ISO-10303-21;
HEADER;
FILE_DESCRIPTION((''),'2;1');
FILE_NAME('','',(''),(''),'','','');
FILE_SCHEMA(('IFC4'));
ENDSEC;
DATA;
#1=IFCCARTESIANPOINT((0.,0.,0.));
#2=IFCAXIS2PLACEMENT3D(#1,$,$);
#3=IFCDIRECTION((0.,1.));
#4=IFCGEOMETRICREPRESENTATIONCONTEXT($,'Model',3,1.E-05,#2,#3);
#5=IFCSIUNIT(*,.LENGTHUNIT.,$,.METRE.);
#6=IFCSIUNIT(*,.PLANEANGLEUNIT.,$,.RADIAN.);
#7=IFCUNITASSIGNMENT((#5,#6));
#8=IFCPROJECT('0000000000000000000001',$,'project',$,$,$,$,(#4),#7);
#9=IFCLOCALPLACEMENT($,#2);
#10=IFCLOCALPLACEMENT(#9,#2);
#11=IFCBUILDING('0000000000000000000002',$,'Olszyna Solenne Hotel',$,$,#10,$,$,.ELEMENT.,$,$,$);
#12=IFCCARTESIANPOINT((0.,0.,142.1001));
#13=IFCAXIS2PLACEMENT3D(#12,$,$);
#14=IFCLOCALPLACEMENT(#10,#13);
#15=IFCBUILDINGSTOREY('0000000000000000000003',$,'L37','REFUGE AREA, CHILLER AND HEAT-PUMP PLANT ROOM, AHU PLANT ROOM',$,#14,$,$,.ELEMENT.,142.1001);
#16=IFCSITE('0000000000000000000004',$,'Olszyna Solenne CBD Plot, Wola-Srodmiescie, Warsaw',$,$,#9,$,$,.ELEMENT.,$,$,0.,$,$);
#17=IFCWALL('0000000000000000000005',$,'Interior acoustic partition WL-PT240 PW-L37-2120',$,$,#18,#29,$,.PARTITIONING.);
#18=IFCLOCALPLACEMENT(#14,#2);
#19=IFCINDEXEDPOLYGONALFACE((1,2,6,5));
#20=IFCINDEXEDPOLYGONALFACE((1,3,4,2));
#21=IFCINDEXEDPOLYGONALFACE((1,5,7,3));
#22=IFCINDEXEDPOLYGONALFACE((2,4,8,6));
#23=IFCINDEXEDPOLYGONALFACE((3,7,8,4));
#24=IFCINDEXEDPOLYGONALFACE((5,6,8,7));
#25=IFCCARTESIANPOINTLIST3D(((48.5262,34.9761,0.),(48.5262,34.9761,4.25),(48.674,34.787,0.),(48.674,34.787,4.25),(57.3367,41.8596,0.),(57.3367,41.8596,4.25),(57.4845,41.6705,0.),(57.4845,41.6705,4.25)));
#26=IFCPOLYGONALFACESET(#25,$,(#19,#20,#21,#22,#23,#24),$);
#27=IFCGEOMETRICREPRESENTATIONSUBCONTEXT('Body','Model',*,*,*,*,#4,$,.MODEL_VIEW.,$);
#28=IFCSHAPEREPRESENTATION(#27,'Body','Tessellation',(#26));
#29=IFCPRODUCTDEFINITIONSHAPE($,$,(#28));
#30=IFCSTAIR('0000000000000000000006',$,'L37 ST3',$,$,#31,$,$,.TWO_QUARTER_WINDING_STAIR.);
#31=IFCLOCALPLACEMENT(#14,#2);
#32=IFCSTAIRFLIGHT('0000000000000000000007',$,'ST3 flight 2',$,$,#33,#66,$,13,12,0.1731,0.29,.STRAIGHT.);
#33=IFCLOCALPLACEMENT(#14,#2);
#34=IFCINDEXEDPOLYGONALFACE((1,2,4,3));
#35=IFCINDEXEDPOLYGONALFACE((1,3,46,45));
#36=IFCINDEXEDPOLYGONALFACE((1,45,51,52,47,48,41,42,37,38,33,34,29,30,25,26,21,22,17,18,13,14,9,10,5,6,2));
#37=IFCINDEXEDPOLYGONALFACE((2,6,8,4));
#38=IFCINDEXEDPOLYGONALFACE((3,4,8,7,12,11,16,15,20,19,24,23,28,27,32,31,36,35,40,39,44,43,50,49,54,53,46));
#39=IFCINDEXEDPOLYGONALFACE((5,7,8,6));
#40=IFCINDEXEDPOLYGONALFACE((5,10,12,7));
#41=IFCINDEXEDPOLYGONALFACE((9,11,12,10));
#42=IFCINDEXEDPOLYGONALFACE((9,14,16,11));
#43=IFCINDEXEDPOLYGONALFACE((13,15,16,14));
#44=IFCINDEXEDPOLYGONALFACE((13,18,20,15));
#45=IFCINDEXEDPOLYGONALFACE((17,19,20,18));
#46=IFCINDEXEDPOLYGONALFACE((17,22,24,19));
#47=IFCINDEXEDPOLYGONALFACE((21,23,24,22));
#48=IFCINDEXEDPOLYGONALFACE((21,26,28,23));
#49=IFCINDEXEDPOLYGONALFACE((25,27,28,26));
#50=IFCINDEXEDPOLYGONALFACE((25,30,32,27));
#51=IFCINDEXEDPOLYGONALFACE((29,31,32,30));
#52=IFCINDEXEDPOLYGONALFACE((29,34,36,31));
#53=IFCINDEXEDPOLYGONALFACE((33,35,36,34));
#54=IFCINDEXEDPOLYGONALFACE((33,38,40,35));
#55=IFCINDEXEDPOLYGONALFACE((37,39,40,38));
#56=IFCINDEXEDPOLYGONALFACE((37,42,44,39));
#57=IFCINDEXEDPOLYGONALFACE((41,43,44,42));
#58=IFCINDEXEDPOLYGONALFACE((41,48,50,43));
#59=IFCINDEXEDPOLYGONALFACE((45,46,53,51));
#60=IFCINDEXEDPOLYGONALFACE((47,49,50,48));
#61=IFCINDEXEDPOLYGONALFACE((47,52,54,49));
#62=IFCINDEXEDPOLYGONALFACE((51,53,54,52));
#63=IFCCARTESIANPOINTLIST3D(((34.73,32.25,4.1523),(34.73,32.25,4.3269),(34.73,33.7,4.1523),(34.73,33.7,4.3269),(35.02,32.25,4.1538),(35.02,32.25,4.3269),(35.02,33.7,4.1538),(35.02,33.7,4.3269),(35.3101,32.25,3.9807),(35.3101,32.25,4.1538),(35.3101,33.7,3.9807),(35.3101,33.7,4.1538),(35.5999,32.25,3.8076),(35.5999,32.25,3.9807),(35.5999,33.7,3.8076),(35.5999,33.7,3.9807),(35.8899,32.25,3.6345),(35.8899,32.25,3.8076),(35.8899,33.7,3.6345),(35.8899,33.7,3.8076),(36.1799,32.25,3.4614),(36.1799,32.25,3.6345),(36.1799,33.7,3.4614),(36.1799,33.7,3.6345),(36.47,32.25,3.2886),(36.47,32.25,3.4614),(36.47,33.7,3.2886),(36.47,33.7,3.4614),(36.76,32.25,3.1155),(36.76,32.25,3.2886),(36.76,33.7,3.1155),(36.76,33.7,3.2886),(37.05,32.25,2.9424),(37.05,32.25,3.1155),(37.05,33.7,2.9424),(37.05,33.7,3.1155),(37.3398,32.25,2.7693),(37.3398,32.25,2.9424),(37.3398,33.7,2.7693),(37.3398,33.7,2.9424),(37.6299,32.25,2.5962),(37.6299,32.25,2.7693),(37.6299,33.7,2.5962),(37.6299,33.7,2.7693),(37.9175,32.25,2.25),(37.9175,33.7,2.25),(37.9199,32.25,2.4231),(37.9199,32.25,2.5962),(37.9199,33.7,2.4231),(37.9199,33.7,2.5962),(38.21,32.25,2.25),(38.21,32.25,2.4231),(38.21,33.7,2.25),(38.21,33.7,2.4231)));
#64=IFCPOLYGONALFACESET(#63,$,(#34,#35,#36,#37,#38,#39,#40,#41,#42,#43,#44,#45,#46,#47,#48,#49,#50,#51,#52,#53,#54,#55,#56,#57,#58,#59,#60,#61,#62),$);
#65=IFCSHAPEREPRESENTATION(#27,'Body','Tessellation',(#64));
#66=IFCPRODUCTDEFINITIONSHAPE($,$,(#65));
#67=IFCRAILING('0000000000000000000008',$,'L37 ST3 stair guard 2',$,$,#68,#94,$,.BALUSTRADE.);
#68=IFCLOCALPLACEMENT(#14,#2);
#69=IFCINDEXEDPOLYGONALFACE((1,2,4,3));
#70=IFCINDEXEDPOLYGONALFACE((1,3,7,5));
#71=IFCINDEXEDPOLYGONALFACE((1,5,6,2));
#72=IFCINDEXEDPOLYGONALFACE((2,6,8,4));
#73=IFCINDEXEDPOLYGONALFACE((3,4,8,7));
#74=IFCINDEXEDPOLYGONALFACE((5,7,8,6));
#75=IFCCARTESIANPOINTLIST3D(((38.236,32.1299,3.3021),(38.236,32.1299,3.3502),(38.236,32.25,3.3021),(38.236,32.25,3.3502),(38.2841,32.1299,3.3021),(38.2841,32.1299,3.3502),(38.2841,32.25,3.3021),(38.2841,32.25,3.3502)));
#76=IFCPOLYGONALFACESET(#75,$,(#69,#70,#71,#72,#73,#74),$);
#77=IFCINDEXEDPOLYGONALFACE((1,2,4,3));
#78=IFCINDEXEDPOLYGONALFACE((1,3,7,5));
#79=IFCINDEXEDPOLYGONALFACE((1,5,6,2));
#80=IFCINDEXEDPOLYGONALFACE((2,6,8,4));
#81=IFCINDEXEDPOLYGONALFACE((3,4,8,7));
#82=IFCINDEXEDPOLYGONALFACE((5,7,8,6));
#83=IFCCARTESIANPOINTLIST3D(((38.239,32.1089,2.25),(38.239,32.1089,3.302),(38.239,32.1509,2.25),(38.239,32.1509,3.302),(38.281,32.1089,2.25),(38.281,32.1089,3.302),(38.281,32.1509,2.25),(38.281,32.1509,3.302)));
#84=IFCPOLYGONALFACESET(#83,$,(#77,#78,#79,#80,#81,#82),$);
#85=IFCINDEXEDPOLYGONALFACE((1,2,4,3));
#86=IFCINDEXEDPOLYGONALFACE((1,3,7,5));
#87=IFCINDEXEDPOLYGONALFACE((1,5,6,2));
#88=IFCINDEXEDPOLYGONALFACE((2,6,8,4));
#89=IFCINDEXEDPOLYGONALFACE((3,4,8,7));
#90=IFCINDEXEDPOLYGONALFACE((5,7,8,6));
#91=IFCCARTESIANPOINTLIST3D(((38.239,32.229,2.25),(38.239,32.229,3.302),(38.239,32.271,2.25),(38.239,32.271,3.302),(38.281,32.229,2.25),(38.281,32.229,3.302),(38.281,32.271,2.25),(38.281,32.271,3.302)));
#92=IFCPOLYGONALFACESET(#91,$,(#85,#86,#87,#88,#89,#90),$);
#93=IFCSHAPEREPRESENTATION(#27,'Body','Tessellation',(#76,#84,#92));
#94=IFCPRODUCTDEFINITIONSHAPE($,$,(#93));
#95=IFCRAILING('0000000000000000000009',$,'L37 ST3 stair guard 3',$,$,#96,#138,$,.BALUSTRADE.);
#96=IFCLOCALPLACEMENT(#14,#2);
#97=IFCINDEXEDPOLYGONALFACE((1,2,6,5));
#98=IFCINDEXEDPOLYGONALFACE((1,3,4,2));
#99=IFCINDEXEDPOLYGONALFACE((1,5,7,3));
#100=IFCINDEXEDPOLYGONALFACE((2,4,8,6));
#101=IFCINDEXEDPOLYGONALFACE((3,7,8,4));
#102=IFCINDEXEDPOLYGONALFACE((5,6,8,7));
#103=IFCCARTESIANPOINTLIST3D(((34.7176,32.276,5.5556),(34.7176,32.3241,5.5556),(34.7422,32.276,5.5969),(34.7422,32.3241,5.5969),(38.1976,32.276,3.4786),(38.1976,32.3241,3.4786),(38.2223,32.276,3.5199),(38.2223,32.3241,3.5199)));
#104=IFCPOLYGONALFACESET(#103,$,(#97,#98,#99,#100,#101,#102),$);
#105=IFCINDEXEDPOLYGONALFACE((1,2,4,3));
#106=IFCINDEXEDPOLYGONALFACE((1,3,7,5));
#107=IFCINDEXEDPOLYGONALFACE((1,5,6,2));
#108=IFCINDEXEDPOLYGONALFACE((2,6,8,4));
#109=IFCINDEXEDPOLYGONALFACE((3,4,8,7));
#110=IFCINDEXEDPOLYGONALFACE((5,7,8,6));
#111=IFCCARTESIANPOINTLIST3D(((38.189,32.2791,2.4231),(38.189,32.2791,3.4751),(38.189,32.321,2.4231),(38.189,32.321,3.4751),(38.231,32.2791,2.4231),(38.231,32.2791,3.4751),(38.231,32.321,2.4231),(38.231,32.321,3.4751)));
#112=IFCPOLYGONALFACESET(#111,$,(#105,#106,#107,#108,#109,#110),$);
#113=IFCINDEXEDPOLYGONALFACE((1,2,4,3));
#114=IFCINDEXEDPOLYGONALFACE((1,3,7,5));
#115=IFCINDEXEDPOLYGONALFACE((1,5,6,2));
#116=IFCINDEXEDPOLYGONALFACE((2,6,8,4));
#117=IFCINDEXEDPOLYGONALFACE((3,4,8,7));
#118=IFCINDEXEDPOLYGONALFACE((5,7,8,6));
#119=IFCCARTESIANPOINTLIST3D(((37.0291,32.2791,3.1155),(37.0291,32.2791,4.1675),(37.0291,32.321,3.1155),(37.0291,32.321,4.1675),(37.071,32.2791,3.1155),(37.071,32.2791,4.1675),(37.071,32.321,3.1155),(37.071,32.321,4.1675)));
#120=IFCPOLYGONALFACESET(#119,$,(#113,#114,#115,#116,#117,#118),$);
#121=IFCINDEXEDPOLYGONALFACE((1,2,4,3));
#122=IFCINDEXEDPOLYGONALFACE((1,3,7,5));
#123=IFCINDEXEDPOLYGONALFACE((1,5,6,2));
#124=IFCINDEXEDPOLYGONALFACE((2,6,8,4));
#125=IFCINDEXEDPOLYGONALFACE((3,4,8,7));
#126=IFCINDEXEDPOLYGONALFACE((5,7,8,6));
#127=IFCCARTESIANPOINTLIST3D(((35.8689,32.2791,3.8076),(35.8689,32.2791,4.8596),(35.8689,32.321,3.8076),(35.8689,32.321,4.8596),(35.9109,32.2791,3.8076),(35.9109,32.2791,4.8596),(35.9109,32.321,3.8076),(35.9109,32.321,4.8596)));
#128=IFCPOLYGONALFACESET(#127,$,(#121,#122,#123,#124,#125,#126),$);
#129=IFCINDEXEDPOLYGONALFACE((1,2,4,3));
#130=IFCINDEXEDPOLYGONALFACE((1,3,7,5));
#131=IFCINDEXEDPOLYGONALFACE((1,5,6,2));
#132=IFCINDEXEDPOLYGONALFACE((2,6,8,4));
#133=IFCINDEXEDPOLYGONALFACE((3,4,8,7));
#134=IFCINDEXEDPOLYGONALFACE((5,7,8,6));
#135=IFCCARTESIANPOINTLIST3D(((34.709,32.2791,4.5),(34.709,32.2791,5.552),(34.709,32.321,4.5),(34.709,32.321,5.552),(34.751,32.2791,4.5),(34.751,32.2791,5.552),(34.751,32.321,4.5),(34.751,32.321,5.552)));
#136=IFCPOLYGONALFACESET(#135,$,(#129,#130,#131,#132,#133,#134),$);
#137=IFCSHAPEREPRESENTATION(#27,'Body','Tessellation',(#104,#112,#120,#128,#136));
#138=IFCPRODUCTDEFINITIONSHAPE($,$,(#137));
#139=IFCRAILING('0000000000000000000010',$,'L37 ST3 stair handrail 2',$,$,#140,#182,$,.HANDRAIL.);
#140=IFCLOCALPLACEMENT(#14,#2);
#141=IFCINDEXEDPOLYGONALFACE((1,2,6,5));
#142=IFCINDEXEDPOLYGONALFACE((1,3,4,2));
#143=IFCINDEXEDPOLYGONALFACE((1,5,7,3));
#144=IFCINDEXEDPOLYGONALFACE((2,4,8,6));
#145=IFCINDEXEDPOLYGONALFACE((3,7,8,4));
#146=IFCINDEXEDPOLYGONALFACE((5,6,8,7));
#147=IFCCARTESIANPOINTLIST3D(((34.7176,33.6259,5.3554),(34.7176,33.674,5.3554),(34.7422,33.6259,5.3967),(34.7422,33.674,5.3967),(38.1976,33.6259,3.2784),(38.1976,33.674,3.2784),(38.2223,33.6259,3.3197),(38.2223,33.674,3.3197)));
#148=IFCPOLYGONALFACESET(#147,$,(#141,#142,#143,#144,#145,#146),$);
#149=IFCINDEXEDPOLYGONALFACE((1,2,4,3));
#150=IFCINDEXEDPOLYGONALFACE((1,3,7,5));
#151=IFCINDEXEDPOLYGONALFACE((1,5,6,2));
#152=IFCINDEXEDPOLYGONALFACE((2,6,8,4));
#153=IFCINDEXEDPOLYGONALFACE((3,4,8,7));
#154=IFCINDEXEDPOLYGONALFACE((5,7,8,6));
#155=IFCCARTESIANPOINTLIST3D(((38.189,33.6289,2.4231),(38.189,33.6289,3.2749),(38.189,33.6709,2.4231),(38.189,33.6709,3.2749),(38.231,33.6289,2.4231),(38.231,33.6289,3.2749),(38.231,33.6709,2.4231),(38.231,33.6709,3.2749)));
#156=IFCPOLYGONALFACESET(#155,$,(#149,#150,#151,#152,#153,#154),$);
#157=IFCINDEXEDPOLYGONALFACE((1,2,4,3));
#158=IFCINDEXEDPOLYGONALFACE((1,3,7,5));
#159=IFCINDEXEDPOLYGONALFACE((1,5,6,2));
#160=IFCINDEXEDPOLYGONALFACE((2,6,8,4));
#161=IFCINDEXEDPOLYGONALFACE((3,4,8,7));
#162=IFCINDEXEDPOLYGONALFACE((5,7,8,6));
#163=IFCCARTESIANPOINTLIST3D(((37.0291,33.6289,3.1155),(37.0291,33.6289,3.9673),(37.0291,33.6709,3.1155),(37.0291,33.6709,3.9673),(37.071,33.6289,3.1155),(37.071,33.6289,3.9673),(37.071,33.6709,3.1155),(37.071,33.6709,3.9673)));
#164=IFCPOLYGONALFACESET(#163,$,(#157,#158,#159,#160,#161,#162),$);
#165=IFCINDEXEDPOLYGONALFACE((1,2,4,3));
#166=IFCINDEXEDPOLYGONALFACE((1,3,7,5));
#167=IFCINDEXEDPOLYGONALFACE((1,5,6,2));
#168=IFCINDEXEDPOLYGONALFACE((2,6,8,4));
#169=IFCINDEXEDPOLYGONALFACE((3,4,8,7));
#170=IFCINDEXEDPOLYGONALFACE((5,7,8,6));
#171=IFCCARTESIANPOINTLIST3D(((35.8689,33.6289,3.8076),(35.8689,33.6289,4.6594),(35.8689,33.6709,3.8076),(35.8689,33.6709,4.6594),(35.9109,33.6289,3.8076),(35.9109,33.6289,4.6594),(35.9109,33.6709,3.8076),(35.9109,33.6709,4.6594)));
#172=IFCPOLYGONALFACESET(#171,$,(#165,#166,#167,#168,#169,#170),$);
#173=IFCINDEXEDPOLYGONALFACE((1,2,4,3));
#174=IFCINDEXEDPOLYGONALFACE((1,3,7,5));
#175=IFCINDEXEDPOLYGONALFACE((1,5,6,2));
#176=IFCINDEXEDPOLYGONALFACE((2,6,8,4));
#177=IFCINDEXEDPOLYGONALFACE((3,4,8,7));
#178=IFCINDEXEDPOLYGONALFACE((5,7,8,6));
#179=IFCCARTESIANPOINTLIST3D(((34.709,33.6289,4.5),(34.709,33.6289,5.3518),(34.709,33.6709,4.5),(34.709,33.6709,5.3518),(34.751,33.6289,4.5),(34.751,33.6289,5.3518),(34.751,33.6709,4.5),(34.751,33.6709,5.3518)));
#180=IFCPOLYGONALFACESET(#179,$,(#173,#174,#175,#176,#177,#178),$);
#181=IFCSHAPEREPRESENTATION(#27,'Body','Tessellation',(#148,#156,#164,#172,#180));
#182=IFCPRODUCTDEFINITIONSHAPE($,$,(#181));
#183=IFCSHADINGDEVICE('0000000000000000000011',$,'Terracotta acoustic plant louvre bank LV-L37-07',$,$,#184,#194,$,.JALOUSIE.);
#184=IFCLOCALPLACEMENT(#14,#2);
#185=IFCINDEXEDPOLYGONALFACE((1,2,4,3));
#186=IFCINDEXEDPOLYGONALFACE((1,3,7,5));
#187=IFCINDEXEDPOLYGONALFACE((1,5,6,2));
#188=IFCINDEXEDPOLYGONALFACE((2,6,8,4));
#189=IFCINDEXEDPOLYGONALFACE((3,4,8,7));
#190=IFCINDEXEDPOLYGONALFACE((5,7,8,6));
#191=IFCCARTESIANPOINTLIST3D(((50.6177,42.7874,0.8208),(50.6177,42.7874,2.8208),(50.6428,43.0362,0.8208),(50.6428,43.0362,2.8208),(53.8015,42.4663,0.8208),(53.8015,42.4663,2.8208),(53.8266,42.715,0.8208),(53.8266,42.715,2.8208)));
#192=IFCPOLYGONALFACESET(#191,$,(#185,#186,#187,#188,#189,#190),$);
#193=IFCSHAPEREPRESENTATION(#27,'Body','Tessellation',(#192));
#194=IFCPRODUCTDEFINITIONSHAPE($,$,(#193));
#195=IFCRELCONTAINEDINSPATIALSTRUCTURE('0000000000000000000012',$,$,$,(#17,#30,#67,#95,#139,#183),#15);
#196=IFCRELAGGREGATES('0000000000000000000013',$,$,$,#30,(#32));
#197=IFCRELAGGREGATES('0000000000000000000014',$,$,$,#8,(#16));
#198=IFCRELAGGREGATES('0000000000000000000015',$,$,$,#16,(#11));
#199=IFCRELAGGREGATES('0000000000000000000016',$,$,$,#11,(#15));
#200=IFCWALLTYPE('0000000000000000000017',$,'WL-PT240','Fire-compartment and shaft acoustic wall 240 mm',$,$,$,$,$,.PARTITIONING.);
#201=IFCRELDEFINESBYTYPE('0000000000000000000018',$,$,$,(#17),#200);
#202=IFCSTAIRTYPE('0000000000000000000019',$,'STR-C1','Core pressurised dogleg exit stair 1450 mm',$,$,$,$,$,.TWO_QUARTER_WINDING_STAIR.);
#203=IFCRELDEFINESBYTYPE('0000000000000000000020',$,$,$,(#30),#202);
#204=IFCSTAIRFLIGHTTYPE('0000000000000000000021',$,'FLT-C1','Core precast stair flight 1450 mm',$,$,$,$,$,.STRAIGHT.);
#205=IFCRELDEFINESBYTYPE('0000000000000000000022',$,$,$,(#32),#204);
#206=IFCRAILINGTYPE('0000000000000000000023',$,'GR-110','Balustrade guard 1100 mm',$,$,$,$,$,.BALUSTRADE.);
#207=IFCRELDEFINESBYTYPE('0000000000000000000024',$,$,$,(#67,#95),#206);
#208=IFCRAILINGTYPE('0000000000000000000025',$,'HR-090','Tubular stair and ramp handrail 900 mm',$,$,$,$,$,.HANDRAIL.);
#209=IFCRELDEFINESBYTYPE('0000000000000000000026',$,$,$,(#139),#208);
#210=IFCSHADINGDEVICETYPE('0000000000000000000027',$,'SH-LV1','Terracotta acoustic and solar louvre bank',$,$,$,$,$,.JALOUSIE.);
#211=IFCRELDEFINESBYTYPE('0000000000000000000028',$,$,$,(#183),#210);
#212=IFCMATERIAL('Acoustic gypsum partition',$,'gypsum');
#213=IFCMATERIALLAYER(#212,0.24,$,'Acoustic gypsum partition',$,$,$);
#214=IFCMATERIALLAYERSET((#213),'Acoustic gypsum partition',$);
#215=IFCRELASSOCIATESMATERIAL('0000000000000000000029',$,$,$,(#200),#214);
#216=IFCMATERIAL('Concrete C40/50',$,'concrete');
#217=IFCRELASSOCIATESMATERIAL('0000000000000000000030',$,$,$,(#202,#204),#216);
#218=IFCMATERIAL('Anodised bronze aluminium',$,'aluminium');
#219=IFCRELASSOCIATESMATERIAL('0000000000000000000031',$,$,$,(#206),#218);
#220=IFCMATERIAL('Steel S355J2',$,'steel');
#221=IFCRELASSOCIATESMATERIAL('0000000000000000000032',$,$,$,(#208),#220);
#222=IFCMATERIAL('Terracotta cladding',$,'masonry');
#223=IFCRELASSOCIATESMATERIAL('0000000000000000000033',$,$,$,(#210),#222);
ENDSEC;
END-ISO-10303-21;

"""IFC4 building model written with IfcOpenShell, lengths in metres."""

from ifc_helpers import new_model, si_unit, direction, frame, frame_2d, origin, origin_2d, place, context, subcontext, project, spatial, polyline, rectangle, outline, extrude, source, transform, mapped, material, layer, layer_set, type_object, element, aggregate, save


model = new_model("IFC4")

# Units and contexts
model_context = context("Model", 3, precision=1e-05, world=origin(), true_north=direction((0.0, 1.0)))
body_context = subcontext(model_context, "Body", "Model", "MODEL_VIEW")
ifc_project = project(units=[si_unit("LENGTHUNIT", "METRE"), si_unit("PLANEANGLEUNIT", "RADIAN")], contexts=[model_context])

# Site, building, storey
site_placement = place(None, origin())
site = spatial("IfcSite", under=ifc_project, at=site_placement, Name="Olszyna Solenne CBD Plot, Wola-Srodmiescie, Warsaw", CompositionType="ELEMENT", RefElevation=0.0)
building_placement = place(site_placement, origin())
building = spatial("IfcBuilding", under=site, at=building_placement, Name="Olszyna Solenne Hotel", CompositionType="ELEMENT")
storey_placement = place(building_placement, frame((0.0, 0.0, 142.1001)))
storey = spatial("IfcBuildingStorey", under=building, at=storey_placement, Name="L37", Description="REFUGE AREA, CHILLER AND HEAT-PUMP PLANT ROOM, AHU PLANT ROOM", CompositionType="ELEMENT", Elevation=142.1001)

# Shared definitions
ifc_material_1 = material(Name="Steel S355J2", Category="steel")

# Shared definitions
ifc_material_2 = material(Name="Acoustic gypsum partition", Category="gypsum")

# Wall
ifc_layer_1 = layer(ifc_material_2, 0.24, Name="Acoustic gypsum partition")
ifc_layer_set_1 = layer_set([ifc_layer_1], Name="Acoustic gypsum partition")
wall_type_1 = type_object("IfcWallType", Name="WL-PT240", Description="Fire-compartment and shaft acoustic wall 240 mm", PredefinedType="PARTITIONING", material=ifc_layer_set_1)
wall_1_placement = place(storey_placement, frame((48.6001, 34.8816, 0.0), z_axis=(0.0, 0.0, 1.0), x_axis=(0.788011, 0.615661, 0.0)))
element("IfcWall", 1, at=wall_1_placement, inside=storey, type_object=wall_type_1, Name="Interior acoustic partition WL-PT240 PW-L37-2120", PredefinedType="PARTITIONING", context=body_context, shape_type="SweptSolid", body=[
    extrude(rectangle(XDim=11.1807, YDim=0.24, at=frame_2d((5.5903, 0.0))), origin(), (0.0, 0.0, 1.0), 4.25),
])

# Stair, stair flight
ifc_material_3 = material(Name="Concrete C40/50", Category="concrete")
stair_type = type_object("IfcStairType", Name="STR-C1", Description="Core pressurised dogleg exit stair 1450 mm", PredefinedType="TWO_QUARTER_WINDING_STAIR", material=ifc_material_3)
stair_placement = place(storey_placement, origin())
stair = element("IfcStair", 2, at=stair_placement, inside=storey, type_object=stair_type, Name="L37 ST3", PredefinedType="TWO_QUARTER_WINDING_STAIR")
stair_flight_type = type_object("IfcStairFlightType", Name="FLT-C1", Description="Core precast stair flight 1450 mm", PredefinedType="STRAIGHT", material=ifc_material_3)
stair_flight_placement = place(storey_placement, frame((38.21, 32.9751, 2.25), z_axis=(0.0, 0.0, 1.0), x_axis=(-1.0, 0.0, 0.0)))
stair_flight = element("IfcStairFlight", 3, at=stair_flight_placement, type_object=stair_flight_type, Name="ST3 flight 2", NumberOfRisers=13, NumberOfTreads=12, PredefinedType="STRAIGHT", RiserHeight=0.1731, TreadLength=0.29, context=body_context, shape_type="SweptSolid", body=[
    extrude(outline(polyline([(0.0, 0.0), (0.0, 0.1731), (0.29, 0.1731), (0.29, 0.3462), (0.5801, 0.3462), (0.5801, 0.5193), (0.8701, 0.5193), (0.8701, 0.6924), (1.1599, 0.6924), (1.1599, 0.8655), (1.45, 0.8655), (1.45, 1.0386), (1.74, 1.0386), (1.74, 1.2114), (2.03, 1.2114), (2.03, 1.3845), (2.3201, 1.3845), (2.3201, 1.5576), (2.6101, 1.5576), (2.6101, 1.7307), (2.8999, 1.7307), (2.8999, 1.9038), (3.1899, 1.9038), (3.1899, 2.0769), (3.48, 2.0769), (3.48, 2.25), (3.48, 1.9023), (0.2925, 0.0), (0.0, 0.0)])), frame((0.0, 0.7251, 0.0), z_axis=(0.0, -1.0, 0.0), x_axis=(1.0, 0.0, 0.0)), (0.0, 0.0, 1.0), 1.45),
])
aggregate(stair, [stair_flight])

# Railings
ifc_material_4 = material(Name="Anodised bronze aluminium", Category="aluminium")
railing_type_1 = type_object("IfcRailingType", Name="GR-110", Description="Balustrade guard 1100 mm", PredefinedType="BALUSTRADE", material=ifc_material_4)
railing_1_placement = place(storey_placement, frame((38.26, 32.1299, 2.25)))
element("IfcRailing", 4, at=railing_1_placement, inside=storey, type_object=railing_type_1, Name="L37 ST3 stair guard 2", PredefinedType="BALUSTRADE", context=body_context, shape_type="SweptSolid", body=[
    extrude(rectangle(XDim=0.0481, YDim=0.0481, at=origin_2d()), frame((0.0, 0.0, 1.0762), z_axis=(0.0, 1.0, 0.0), x_axis=(-1.0, 0.0, 0.0)), (0.0, 0.0, 1.0), 0.1201),
    extrude(rectangle(XDim=0.042, YDim=0.042, at=origin_2d()), origin(), (0.0, 0.0, 1.0), 1.052),
    extrude(rectangle(XDim=0.042, YDim=0.042, at=origin_2d()), frame((0.0, 0.1201, 0.0)), (0.0, 0.0, 1.0), 1.052),
])
railing_2_placement = place(storey_placement, frame((38.21, 32.3, 2.4231)))
element("IfcRailing", 5, at=railing_2_placement, inside=storey, type_object=railing_type_1, Name="L37 ST3 stair guard 3", PredefinedType="BALUSTRADE", context=body_context, shape_type="SweptSolid", body=[
    extrude(rectangle(XDim=0.0481, YDim=0.0481, at=origin_2d()), frame((0.0, 0.0, 1.0762), z_axis=(-0.858697, 0.0, 0.512483), x_axis=(0.0, -1.0, 0.0)), (0.0, 0.0, 1.0), 4.0527),
    extrude(rectangle(XDim=0.042, YDim=0.042, at=origin_2d()), origin(), (0.0, 0.0, 1.0), 1.052),
    extrude(rectangle(XDim=0.042, YDim=0.042, at=origin_2d()), frame((-1.1599, 0.0, 0.6924)), (0.0, 0.0, 1.0), 1.052),
    extrude(rectangle(XDim=0.042, YDim=0.042, at=origin_2d()), frame((-2.3201, 0.0, 1.3845)), (0.0, 0.0, 1.0), 1.052),
    extrude(rectangle(XDim=0.042, YDim=0.042, at=origin_2d()), frame((-3.48, 0.0, 2.0769)), (0.0, 0.0, 1.0), 1.052),
])
railing_type_2 = type_object("IfcRailingType", Name="HR-090", Description="Tubular stair and ramp handrail 900 mm", PredefinedType="HANDRAIL", material=ifc_material_1)
railing_3_placement = place(storey_placement, frame((38.21, 33.6499, 2.4231)))
element("IfcRailing", 6, at=railing_3_placement, inside=storey, type_object=railing_type_2, Name="L37 ST3 stair handrail 2", PredefinedType="HANDRAIL", context=body_context, shape_type="SweptSolid", body=[
    extrude(rectangle(XDim=0.0481, YDim=0.0481, at=origin_2d()), frame((0.0, 0.0, 0.876), z_axis=(-0.858697, 0.0, 0.512483), x_axis=(0.0, -1.0, 0.0)), (0.0, 0.0, 1.0), 4.0527),
    extrude(rectangle(XDim=0.042, YDim=0.042, at=origin_2d()), origin(), (0.0, 0.0, 1.0), 0.8518),
    extrude(rectangle(XDim=0.042, YDim=0.042, at=origin_2d()), frame((-1.1599, 0.0, 0.6924)), (0.0, 0.0, 1.0), 0.8518),
    extrude(rectangle(XDim=0.042, YDim=0.042, at=origin_2d()), frame((-2.3201, 0.0, 1.3845)), (0.0, 0.0, 1.0), 0.8518),
    extrude(rectangle(XDim=0.042, YDim=0.042, at=origin_2d()), frame((-3.48, 0.0, 2.0769)), (0.0, 0.0, 1.0), 0.8518),
])

# Shading device
ifc_material_5 = material(Name="Terracotta cladding", Category="masonry")
shading_device_type = type_object("IfcShadingDeviceType", Name="SH-LV1", Description="Terracotta acoustic and solar louvre bank", PredefinedType="JALOUSIE", material=ifc_material_5)
shared_shape_1 = source(origin(), body_context, "Body", "SweptSolid", [
    extrude(rectangle(XDim=3.2, YDim=0.25, at=origin_2d()), origin(), (0.0, 0.0, 1.0), 2.0),
])
shading_device_placement = place(storey_placement, frame((52.2222, 42.7512, 0.8208), z_axis=(0.0, 0.0, 1.0), x_axis=(0.994951, -0.100362, 0.0)))
element("IfcShadingDevice", 7, at=shading_device_placement, inside=storey, type_object=shading_device_type, Name="Terracotta acoustic plant louvre bank LV-L37-07", PredefinedType="JALOUSIE", context=body_context, shape_type="MappedRepresentation", body=[
    mapped(shared_shape_1, transform((0.0, 0.0, 0.0), x_axis=(1.0, 0.0, 0.0), y_axis=(0.0, 1.0, 0.0), z_axis=(0.0, 0.0, 1.0), scale=1.0)),
])

save(model, "model.ifc")
